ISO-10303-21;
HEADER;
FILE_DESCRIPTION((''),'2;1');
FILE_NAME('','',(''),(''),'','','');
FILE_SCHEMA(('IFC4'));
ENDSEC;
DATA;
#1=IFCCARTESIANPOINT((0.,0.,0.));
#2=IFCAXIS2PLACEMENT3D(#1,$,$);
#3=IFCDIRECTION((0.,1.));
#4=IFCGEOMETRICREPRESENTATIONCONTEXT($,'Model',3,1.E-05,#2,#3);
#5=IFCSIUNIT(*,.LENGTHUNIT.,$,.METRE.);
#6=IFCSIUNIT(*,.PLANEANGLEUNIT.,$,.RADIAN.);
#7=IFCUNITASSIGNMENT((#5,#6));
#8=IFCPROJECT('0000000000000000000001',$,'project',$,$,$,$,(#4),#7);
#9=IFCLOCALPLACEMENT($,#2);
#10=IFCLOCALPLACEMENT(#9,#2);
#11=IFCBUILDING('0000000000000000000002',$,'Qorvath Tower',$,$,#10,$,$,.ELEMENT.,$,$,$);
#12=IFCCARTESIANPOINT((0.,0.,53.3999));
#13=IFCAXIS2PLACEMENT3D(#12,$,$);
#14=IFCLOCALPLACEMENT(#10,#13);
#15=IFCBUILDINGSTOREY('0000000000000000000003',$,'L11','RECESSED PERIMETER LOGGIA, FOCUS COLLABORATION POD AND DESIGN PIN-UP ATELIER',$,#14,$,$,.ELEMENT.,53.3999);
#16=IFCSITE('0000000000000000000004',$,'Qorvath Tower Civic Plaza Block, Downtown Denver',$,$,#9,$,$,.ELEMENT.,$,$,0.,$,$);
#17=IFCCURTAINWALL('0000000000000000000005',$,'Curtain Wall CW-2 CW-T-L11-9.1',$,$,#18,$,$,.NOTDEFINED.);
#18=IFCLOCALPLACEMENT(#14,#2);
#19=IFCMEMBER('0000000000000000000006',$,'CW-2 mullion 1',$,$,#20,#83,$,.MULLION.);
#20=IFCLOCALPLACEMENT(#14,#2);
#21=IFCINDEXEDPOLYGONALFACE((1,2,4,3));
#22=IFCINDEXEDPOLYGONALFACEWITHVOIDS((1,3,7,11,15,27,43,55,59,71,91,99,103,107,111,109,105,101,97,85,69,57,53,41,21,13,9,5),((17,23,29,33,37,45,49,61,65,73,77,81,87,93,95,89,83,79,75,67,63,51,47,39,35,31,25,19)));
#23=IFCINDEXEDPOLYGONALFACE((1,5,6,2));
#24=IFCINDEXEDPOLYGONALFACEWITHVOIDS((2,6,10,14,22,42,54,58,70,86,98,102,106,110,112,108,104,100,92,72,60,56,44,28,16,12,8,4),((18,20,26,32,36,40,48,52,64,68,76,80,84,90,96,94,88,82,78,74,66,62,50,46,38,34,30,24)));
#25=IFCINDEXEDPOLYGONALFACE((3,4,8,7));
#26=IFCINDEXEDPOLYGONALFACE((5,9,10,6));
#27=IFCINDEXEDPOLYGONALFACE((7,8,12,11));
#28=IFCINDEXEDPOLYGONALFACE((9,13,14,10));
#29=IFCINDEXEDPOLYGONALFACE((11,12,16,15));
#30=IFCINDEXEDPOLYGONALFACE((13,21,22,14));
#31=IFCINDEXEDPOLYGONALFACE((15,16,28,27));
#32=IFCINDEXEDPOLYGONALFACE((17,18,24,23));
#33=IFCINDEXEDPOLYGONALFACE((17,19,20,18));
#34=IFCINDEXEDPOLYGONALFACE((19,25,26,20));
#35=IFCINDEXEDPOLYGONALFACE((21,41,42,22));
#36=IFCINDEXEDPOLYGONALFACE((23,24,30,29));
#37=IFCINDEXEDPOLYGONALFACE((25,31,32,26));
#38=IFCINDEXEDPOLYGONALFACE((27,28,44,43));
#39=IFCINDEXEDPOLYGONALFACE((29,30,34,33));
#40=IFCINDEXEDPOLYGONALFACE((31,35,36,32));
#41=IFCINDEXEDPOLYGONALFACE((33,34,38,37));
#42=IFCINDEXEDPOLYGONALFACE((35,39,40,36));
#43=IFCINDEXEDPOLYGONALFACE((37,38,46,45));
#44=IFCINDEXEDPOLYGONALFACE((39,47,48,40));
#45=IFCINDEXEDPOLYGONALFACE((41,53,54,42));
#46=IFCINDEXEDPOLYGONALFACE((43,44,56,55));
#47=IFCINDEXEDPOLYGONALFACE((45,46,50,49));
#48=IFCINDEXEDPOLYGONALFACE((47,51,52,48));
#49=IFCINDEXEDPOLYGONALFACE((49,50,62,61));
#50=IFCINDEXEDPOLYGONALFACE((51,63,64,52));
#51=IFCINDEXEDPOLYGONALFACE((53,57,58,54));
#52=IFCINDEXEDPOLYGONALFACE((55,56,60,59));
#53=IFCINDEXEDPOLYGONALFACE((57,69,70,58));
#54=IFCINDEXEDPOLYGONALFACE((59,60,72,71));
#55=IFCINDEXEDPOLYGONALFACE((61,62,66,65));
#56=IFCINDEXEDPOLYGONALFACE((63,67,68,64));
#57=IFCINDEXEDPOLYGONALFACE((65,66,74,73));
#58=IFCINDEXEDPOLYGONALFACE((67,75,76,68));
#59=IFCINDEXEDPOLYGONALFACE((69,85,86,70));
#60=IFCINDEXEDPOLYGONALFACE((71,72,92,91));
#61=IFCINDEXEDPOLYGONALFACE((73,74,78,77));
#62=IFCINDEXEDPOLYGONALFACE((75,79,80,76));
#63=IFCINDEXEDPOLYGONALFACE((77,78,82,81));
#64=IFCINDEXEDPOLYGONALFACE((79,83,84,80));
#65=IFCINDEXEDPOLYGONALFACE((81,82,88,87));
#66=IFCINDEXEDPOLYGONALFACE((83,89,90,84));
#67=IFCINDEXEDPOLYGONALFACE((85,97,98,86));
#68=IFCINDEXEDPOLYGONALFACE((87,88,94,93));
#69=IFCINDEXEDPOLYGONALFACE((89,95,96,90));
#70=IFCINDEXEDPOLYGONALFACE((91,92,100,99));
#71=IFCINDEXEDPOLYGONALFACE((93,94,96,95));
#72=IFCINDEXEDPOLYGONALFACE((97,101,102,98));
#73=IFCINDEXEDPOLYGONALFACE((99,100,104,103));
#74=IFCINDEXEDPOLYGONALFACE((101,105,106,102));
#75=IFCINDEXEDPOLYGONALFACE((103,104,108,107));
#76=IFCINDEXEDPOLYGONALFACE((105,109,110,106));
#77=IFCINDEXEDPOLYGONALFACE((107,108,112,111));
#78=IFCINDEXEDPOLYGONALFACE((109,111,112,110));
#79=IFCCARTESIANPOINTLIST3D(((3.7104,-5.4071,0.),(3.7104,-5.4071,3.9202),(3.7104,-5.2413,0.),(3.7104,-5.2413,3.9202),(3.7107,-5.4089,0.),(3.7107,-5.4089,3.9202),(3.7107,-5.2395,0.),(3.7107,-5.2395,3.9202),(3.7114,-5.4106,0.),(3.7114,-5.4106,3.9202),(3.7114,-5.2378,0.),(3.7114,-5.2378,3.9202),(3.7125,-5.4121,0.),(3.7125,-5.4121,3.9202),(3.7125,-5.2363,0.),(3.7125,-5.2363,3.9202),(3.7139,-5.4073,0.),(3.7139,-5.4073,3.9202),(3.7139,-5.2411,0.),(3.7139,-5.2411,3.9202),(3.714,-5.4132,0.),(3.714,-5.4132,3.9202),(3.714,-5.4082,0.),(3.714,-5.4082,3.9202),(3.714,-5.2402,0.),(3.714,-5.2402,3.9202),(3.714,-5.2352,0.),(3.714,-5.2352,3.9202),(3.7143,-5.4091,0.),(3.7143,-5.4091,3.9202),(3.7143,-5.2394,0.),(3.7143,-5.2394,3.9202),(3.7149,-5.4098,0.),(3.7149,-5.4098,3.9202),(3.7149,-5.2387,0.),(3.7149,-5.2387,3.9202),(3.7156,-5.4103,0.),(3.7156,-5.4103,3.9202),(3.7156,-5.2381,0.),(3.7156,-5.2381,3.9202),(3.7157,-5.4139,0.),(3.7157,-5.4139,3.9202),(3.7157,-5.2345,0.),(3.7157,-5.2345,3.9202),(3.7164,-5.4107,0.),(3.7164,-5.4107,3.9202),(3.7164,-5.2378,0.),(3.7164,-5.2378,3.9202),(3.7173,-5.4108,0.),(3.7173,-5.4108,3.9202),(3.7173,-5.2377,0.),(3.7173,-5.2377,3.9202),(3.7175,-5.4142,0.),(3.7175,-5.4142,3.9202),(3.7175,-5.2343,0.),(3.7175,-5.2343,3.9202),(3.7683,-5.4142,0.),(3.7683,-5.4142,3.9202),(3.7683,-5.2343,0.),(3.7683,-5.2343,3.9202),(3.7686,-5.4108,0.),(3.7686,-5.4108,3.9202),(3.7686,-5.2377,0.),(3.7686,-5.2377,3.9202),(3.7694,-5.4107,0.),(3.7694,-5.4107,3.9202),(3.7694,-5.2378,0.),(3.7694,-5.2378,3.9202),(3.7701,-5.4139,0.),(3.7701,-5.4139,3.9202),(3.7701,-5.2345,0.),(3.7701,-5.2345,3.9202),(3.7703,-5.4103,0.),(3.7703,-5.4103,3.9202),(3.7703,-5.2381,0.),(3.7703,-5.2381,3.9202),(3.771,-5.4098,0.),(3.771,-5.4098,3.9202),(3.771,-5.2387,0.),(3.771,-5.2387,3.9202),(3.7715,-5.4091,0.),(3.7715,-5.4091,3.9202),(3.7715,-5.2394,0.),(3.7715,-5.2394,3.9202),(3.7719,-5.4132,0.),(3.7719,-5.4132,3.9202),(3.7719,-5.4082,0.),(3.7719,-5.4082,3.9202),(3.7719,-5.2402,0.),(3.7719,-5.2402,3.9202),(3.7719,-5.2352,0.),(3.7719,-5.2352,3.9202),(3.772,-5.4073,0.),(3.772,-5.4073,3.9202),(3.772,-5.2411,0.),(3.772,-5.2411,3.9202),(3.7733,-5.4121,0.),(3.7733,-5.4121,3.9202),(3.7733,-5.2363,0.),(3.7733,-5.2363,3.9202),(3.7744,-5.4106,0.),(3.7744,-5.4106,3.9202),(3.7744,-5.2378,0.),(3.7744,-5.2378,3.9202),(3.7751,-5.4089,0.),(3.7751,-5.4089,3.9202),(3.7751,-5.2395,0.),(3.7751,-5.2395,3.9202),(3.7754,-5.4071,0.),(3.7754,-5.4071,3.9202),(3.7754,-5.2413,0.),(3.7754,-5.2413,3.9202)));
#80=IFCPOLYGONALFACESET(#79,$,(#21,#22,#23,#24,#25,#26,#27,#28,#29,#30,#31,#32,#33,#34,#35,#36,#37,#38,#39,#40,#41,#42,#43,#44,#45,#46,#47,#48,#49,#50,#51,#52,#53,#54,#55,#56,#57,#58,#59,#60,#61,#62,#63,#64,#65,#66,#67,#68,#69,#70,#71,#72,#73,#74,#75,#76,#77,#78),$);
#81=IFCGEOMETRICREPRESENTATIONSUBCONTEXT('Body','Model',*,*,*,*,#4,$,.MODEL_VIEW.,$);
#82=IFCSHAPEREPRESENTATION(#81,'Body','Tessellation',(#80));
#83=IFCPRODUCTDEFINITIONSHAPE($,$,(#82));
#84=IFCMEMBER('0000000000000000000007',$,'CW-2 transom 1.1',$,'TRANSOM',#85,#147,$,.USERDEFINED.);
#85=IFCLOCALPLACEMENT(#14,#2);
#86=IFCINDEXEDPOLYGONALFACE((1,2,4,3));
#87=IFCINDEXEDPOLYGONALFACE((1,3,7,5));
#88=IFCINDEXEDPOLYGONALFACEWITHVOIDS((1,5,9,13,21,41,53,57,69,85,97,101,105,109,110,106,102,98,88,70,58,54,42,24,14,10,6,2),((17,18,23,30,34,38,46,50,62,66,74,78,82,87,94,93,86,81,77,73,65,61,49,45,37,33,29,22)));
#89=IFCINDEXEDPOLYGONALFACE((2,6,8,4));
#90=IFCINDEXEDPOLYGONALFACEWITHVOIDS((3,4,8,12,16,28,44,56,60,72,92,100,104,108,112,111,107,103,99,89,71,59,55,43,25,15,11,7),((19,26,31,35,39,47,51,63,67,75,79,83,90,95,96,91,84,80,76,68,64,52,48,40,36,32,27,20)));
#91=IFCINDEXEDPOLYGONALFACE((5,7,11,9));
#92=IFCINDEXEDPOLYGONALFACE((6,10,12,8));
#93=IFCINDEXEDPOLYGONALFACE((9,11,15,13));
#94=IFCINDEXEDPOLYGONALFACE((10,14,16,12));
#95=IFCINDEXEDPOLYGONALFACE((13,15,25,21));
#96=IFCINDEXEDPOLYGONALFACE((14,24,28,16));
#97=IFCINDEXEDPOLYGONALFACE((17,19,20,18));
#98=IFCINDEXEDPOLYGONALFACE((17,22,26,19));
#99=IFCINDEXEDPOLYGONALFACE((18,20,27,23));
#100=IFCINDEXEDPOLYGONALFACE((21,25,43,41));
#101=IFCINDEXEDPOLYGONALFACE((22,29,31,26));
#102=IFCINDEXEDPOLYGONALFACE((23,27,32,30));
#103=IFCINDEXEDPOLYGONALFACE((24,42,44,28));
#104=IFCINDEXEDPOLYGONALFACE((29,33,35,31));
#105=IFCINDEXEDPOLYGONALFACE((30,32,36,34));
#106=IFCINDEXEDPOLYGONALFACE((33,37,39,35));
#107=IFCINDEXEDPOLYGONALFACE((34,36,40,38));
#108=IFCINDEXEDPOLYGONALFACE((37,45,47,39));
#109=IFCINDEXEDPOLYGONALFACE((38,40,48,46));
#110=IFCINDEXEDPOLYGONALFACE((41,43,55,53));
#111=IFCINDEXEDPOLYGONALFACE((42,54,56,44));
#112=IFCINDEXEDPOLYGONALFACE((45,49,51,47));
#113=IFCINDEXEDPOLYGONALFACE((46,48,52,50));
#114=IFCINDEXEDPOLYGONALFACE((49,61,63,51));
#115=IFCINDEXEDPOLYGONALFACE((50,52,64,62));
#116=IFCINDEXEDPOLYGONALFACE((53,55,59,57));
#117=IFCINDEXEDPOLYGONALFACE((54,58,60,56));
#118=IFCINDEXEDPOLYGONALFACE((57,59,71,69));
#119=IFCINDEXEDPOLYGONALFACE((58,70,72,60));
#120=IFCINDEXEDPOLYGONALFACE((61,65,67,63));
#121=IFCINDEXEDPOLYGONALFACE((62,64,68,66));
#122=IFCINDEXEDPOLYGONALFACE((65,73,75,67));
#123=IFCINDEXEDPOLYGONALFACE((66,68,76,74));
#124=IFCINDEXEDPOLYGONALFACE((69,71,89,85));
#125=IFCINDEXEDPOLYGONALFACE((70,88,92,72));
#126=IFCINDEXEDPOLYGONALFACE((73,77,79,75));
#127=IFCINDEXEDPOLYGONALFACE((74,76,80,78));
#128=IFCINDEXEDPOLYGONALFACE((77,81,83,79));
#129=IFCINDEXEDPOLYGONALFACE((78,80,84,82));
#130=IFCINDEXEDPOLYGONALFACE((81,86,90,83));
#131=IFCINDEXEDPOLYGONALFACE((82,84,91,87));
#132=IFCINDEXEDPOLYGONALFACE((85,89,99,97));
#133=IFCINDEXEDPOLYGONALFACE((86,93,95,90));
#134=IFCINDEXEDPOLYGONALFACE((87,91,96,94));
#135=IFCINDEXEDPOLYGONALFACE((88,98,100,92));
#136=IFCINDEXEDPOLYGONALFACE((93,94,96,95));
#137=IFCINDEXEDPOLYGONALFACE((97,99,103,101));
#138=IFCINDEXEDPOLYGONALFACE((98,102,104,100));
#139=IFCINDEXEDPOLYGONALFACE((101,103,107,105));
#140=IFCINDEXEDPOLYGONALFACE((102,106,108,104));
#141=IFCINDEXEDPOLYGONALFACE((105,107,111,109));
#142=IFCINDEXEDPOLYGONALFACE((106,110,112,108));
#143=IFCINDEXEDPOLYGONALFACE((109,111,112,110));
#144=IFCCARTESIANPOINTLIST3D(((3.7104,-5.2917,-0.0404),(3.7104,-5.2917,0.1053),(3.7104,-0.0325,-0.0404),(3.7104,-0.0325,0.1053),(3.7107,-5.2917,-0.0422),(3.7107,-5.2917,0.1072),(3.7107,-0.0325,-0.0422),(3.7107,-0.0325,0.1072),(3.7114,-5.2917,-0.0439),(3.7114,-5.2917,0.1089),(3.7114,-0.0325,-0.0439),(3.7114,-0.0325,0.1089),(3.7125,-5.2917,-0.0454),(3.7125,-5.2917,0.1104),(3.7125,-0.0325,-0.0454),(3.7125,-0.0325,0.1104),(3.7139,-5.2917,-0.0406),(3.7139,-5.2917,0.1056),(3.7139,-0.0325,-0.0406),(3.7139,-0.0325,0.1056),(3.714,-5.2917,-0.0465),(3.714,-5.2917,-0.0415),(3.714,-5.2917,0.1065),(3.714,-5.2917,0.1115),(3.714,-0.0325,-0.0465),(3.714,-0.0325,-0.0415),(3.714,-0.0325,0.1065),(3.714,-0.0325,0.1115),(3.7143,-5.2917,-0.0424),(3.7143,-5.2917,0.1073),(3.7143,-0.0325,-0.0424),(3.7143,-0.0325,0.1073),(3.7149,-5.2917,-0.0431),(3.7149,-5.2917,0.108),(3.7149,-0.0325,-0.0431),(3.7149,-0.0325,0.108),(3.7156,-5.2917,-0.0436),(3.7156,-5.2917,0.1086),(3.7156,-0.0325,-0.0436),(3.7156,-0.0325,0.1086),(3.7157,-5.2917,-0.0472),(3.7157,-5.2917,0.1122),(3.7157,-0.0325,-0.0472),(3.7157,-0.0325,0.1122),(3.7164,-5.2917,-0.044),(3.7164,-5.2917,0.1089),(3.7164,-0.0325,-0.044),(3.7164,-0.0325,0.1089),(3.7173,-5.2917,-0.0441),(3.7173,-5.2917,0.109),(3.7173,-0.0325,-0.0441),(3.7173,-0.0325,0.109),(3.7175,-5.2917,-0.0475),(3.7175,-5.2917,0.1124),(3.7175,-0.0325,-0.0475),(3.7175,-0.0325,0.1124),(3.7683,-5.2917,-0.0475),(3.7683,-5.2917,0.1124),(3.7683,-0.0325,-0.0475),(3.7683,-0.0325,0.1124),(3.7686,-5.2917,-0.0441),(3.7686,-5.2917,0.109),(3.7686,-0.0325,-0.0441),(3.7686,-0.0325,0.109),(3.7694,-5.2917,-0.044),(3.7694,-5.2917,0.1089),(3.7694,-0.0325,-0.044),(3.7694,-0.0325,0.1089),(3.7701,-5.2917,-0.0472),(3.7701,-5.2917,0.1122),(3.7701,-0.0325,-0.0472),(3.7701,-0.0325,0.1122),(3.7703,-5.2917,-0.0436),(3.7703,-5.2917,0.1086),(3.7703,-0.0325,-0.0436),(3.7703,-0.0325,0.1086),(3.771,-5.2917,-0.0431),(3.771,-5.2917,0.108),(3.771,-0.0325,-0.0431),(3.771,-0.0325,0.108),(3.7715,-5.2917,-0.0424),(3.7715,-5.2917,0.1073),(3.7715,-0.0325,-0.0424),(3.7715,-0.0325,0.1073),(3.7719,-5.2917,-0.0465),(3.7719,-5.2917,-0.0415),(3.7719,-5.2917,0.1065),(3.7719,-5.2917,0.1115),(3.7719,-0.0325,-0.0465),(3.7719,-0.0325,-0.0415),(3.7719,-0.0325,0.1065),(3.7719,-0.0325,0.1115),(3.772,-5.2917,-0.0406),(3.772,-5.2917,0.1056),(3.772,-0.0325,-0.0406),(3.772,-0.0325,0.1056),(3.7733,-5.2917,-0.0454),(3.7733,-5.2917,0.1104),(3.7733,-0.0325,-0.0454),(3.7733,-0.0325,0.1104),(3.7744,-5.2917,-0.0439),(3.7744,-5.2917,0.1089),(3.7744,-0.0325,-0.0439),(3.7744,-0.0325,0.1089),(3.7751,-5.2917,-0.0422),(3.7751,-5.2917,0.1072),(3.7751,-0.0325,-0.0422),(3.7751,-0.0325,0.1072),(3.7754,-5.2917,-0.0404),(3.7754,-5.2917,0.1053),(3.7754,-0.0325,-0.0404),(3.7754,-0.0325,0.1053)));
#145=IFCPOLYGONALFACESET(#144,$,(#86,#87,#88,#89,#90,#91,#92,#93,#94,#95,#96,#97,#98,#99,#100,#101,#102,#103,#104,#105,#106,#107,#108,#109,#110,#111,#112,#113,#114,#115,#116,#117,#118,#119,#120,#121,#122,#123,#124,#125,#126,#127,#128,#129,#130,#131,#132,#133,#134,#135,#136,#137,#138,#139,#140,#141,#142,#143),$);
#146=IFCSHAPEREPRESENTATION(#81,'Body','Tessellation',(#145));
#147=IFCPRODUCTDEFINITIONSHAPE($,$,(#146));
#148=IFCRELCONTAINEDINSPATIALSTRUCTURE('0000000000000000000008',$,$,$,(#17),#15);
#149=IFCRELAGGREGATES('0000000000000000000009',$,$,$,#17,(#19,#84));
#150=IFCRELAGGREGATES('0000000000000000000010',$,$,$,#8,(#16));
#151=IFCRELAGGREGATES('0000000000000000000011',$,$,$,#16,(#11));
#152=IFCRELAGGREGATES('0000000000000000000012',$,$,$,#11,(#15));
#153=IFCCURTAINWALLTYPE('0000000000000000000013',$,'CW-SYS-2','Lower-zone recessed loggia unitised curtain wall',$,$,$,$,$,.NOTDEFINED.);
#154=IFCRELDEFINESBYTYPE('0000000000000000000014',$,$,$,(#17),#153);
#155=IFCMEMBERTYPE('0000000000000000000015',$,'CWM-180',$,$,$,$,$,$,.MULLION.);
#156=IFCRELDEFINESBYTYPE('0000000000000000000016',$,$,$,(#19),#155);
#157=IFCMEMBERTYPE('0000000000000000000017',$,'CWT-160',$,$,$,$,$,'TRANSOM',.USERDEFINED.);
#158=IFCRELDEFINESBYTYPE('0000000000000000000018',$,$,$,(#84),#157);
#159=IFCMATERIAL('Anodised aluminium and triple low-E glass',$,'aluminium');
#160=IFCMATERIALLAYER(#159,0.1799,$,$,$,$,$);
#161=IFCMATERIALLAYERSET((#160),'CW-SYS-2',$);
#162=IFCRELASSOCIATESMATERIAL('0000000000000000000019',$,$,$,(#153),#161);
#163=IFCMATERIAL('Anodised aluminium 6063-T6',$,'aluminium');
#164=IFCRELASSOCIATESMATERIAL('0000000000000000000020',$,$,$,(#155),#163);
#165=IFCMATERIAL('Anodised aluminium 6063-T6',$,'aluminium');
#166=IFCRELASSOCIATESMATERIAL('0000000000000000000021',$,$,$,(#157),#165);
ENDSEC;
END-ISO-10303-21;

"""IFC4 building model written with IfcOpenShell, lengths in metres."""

from ifc_helpers import new_model, si_unit, direction, frame, origin, origin_2d, place, context, subcontext, project, spatial, hollow_rectangle, extrude, material, layer, layer_set, material_profile, profile_set, type_object, element, aggregate, save


model = new_model("IFC4")

# Units and contexts
model_context = context("Model", 3, precision=1e-05, world=origin(), true_north=direction((0.0, 1.0)))
body_context = subcontext(model_context, "Body", "Model", "MODEL_VIEW")
ifc_project = project(units=[si_unit("LENGTHUNIT", "METRE"), si_unit("PLANEANGLEUNIT", "RADIAN")], contexts=[model_context])

# Site, building, storey
site_placement = place(None, origin())
site = spatial("IfcSite", under=ifc_project, at=site_placement, Name="Qorvath Tower Civic Plaza Block, Downtown Denver", CompositionType="ELEMENT", RefElevation=0.0)
building_placement = place(site_placement, origin())
building = spatial("IfcBuilding", under=site, at=building_placement, Name="Qorvath Tower", CompositionType="ELEMENT")
storey_placement = place(building_placement, frame((0.0, 0.0, 53.3999)))
storey = spatial("IfcBuildingStorey", under=building, at=storey_placement, Name="L11", Description="RECESSED PERIMETER LOGGIA, FOCUS COLLABORATION POD AND DESIGN PIN-UP ATELIER", CompositionType="ELEMENT", Elevation=53.3999)

# Curtain wall, members
ifc_material_1 = material(Name="Anodised aluminium and triple low-E glass", Category="aluminium")
ifc_layer_1 = layer(ifc_material_1, 0.1799)
ifc_layer_set_1 = layer_set([ifc_layer_1], Name="CW-SYS-2")
curtain_wall_type = type_object("IfcCurtainWallType", Name="CW-SYS-2", Description="Lower-zone recessed loggia unitised curtain wall", PredefinedType="NOTDEFINED", material=ifc_layer_set_1)
curtain_wall_placement = place(storey_placement, origin())
curtain_wall = element("IfcCurtainWall", 1, at=curtain_wall_placement, inside=storey, type_object=curtain_wall_type, Name="Curtain Wall CW-2 CW-T-L11-9.1", PredefinedType="NOTDEFINED")
ifc_material_2 = material(Name="Anodised aluminium 6063-T6", Category="aluminium")
ifc_material_profile_1 = material_profile(ifc_material_2, hollow_rectangle(XDim=0.0649, YDim=0.1799, WallThickness=0.0034, InnerFilletRadius=0.0034, OuterFilletRadius=0.0071, at=origin_2d()), Name="CWM 180x65")
ifc_profile_set_1 = profile_set([ifc_material_profile_1], Name="Anodised aluminium 6063-T6")
member_type_1 = type_object("IfcMemberType", Name="CWM-180", PredefinedType="MULLION", material=ifc_profile_set_1)
member_1_placement = place(storey_placement, frame((3.7429, -5.3242, 0.0), z_axis=(0.0, 0.0, 1.0), x_axis=(-1.0, 0.0, 0.0)))
member_1 = element("IfcMember", 2, at=member_1_placement, type_object=member_type_1, Name="CW-2 mullion 1", PredefinedType="MULLION", context=body_context, shape_type="SweptSolid", body=[
    extrude(hollow_rectangle(XDim=0.0649, YDim=0.1799, WallThickness=0.0034, InnerFilletRadius=0.0034, OuterFilletRadius=0.0071, at=origin_2d()), origin(), (0.0, 0.0, 1.0), 3.9202),
])
ifc_material_3 = material(Name="Anodised aluminium 6063-T6", Category="aluminium")
ifc_material_profile_2 = material_profile(ifc_material_3, hollow_rectangle(XDim=0.0649, YDim=0.1599, WallThickness=0.0034, InnerFilletRadius=0.0034, OuterFilletRadius=0.0071, at=origin_2d()), Name="CWT 160x65")
ifc_profile_set_2 = profile_set([ifc_material_profile_2], Name="Anodised aluminium 6063-T6")
member_type_2 = type_object("IfcMemberType", Name="CWT-160", ElementType="TRANSOM", PredefinedType="USERDEFINED", material=ifc_profile_set_2)
member_2_placement = place(storey_placement, frame((3.7429, -5.2917, 0.0325), z_axis=(0.0, 1.0, 0.0), x_axis=(-1.0, 0.0, 0.0)))
member_2 = element("IfcMember", 3, at=member_2_placement, type_object=member_type_2, Name="CW-2 transom 1.1", ObjectType="TRANSOM", PredefinedType="USERDEFINED", context=body_context, shape_type="SweptSolid", body=[
    extrude(hollow_rectangle(XDim=0.0649, YDim=0.1599, WallThickness=0.0034, InnerFilletRadius=0.0034, OuterFilletRadius=0.0071, at=origin_2d()), origin(), (0.0, 0.0, 1.0), 5.2593),
])
aggregate(curtain_wall, [member_1, member_2])

save(model, "model.ifc")
